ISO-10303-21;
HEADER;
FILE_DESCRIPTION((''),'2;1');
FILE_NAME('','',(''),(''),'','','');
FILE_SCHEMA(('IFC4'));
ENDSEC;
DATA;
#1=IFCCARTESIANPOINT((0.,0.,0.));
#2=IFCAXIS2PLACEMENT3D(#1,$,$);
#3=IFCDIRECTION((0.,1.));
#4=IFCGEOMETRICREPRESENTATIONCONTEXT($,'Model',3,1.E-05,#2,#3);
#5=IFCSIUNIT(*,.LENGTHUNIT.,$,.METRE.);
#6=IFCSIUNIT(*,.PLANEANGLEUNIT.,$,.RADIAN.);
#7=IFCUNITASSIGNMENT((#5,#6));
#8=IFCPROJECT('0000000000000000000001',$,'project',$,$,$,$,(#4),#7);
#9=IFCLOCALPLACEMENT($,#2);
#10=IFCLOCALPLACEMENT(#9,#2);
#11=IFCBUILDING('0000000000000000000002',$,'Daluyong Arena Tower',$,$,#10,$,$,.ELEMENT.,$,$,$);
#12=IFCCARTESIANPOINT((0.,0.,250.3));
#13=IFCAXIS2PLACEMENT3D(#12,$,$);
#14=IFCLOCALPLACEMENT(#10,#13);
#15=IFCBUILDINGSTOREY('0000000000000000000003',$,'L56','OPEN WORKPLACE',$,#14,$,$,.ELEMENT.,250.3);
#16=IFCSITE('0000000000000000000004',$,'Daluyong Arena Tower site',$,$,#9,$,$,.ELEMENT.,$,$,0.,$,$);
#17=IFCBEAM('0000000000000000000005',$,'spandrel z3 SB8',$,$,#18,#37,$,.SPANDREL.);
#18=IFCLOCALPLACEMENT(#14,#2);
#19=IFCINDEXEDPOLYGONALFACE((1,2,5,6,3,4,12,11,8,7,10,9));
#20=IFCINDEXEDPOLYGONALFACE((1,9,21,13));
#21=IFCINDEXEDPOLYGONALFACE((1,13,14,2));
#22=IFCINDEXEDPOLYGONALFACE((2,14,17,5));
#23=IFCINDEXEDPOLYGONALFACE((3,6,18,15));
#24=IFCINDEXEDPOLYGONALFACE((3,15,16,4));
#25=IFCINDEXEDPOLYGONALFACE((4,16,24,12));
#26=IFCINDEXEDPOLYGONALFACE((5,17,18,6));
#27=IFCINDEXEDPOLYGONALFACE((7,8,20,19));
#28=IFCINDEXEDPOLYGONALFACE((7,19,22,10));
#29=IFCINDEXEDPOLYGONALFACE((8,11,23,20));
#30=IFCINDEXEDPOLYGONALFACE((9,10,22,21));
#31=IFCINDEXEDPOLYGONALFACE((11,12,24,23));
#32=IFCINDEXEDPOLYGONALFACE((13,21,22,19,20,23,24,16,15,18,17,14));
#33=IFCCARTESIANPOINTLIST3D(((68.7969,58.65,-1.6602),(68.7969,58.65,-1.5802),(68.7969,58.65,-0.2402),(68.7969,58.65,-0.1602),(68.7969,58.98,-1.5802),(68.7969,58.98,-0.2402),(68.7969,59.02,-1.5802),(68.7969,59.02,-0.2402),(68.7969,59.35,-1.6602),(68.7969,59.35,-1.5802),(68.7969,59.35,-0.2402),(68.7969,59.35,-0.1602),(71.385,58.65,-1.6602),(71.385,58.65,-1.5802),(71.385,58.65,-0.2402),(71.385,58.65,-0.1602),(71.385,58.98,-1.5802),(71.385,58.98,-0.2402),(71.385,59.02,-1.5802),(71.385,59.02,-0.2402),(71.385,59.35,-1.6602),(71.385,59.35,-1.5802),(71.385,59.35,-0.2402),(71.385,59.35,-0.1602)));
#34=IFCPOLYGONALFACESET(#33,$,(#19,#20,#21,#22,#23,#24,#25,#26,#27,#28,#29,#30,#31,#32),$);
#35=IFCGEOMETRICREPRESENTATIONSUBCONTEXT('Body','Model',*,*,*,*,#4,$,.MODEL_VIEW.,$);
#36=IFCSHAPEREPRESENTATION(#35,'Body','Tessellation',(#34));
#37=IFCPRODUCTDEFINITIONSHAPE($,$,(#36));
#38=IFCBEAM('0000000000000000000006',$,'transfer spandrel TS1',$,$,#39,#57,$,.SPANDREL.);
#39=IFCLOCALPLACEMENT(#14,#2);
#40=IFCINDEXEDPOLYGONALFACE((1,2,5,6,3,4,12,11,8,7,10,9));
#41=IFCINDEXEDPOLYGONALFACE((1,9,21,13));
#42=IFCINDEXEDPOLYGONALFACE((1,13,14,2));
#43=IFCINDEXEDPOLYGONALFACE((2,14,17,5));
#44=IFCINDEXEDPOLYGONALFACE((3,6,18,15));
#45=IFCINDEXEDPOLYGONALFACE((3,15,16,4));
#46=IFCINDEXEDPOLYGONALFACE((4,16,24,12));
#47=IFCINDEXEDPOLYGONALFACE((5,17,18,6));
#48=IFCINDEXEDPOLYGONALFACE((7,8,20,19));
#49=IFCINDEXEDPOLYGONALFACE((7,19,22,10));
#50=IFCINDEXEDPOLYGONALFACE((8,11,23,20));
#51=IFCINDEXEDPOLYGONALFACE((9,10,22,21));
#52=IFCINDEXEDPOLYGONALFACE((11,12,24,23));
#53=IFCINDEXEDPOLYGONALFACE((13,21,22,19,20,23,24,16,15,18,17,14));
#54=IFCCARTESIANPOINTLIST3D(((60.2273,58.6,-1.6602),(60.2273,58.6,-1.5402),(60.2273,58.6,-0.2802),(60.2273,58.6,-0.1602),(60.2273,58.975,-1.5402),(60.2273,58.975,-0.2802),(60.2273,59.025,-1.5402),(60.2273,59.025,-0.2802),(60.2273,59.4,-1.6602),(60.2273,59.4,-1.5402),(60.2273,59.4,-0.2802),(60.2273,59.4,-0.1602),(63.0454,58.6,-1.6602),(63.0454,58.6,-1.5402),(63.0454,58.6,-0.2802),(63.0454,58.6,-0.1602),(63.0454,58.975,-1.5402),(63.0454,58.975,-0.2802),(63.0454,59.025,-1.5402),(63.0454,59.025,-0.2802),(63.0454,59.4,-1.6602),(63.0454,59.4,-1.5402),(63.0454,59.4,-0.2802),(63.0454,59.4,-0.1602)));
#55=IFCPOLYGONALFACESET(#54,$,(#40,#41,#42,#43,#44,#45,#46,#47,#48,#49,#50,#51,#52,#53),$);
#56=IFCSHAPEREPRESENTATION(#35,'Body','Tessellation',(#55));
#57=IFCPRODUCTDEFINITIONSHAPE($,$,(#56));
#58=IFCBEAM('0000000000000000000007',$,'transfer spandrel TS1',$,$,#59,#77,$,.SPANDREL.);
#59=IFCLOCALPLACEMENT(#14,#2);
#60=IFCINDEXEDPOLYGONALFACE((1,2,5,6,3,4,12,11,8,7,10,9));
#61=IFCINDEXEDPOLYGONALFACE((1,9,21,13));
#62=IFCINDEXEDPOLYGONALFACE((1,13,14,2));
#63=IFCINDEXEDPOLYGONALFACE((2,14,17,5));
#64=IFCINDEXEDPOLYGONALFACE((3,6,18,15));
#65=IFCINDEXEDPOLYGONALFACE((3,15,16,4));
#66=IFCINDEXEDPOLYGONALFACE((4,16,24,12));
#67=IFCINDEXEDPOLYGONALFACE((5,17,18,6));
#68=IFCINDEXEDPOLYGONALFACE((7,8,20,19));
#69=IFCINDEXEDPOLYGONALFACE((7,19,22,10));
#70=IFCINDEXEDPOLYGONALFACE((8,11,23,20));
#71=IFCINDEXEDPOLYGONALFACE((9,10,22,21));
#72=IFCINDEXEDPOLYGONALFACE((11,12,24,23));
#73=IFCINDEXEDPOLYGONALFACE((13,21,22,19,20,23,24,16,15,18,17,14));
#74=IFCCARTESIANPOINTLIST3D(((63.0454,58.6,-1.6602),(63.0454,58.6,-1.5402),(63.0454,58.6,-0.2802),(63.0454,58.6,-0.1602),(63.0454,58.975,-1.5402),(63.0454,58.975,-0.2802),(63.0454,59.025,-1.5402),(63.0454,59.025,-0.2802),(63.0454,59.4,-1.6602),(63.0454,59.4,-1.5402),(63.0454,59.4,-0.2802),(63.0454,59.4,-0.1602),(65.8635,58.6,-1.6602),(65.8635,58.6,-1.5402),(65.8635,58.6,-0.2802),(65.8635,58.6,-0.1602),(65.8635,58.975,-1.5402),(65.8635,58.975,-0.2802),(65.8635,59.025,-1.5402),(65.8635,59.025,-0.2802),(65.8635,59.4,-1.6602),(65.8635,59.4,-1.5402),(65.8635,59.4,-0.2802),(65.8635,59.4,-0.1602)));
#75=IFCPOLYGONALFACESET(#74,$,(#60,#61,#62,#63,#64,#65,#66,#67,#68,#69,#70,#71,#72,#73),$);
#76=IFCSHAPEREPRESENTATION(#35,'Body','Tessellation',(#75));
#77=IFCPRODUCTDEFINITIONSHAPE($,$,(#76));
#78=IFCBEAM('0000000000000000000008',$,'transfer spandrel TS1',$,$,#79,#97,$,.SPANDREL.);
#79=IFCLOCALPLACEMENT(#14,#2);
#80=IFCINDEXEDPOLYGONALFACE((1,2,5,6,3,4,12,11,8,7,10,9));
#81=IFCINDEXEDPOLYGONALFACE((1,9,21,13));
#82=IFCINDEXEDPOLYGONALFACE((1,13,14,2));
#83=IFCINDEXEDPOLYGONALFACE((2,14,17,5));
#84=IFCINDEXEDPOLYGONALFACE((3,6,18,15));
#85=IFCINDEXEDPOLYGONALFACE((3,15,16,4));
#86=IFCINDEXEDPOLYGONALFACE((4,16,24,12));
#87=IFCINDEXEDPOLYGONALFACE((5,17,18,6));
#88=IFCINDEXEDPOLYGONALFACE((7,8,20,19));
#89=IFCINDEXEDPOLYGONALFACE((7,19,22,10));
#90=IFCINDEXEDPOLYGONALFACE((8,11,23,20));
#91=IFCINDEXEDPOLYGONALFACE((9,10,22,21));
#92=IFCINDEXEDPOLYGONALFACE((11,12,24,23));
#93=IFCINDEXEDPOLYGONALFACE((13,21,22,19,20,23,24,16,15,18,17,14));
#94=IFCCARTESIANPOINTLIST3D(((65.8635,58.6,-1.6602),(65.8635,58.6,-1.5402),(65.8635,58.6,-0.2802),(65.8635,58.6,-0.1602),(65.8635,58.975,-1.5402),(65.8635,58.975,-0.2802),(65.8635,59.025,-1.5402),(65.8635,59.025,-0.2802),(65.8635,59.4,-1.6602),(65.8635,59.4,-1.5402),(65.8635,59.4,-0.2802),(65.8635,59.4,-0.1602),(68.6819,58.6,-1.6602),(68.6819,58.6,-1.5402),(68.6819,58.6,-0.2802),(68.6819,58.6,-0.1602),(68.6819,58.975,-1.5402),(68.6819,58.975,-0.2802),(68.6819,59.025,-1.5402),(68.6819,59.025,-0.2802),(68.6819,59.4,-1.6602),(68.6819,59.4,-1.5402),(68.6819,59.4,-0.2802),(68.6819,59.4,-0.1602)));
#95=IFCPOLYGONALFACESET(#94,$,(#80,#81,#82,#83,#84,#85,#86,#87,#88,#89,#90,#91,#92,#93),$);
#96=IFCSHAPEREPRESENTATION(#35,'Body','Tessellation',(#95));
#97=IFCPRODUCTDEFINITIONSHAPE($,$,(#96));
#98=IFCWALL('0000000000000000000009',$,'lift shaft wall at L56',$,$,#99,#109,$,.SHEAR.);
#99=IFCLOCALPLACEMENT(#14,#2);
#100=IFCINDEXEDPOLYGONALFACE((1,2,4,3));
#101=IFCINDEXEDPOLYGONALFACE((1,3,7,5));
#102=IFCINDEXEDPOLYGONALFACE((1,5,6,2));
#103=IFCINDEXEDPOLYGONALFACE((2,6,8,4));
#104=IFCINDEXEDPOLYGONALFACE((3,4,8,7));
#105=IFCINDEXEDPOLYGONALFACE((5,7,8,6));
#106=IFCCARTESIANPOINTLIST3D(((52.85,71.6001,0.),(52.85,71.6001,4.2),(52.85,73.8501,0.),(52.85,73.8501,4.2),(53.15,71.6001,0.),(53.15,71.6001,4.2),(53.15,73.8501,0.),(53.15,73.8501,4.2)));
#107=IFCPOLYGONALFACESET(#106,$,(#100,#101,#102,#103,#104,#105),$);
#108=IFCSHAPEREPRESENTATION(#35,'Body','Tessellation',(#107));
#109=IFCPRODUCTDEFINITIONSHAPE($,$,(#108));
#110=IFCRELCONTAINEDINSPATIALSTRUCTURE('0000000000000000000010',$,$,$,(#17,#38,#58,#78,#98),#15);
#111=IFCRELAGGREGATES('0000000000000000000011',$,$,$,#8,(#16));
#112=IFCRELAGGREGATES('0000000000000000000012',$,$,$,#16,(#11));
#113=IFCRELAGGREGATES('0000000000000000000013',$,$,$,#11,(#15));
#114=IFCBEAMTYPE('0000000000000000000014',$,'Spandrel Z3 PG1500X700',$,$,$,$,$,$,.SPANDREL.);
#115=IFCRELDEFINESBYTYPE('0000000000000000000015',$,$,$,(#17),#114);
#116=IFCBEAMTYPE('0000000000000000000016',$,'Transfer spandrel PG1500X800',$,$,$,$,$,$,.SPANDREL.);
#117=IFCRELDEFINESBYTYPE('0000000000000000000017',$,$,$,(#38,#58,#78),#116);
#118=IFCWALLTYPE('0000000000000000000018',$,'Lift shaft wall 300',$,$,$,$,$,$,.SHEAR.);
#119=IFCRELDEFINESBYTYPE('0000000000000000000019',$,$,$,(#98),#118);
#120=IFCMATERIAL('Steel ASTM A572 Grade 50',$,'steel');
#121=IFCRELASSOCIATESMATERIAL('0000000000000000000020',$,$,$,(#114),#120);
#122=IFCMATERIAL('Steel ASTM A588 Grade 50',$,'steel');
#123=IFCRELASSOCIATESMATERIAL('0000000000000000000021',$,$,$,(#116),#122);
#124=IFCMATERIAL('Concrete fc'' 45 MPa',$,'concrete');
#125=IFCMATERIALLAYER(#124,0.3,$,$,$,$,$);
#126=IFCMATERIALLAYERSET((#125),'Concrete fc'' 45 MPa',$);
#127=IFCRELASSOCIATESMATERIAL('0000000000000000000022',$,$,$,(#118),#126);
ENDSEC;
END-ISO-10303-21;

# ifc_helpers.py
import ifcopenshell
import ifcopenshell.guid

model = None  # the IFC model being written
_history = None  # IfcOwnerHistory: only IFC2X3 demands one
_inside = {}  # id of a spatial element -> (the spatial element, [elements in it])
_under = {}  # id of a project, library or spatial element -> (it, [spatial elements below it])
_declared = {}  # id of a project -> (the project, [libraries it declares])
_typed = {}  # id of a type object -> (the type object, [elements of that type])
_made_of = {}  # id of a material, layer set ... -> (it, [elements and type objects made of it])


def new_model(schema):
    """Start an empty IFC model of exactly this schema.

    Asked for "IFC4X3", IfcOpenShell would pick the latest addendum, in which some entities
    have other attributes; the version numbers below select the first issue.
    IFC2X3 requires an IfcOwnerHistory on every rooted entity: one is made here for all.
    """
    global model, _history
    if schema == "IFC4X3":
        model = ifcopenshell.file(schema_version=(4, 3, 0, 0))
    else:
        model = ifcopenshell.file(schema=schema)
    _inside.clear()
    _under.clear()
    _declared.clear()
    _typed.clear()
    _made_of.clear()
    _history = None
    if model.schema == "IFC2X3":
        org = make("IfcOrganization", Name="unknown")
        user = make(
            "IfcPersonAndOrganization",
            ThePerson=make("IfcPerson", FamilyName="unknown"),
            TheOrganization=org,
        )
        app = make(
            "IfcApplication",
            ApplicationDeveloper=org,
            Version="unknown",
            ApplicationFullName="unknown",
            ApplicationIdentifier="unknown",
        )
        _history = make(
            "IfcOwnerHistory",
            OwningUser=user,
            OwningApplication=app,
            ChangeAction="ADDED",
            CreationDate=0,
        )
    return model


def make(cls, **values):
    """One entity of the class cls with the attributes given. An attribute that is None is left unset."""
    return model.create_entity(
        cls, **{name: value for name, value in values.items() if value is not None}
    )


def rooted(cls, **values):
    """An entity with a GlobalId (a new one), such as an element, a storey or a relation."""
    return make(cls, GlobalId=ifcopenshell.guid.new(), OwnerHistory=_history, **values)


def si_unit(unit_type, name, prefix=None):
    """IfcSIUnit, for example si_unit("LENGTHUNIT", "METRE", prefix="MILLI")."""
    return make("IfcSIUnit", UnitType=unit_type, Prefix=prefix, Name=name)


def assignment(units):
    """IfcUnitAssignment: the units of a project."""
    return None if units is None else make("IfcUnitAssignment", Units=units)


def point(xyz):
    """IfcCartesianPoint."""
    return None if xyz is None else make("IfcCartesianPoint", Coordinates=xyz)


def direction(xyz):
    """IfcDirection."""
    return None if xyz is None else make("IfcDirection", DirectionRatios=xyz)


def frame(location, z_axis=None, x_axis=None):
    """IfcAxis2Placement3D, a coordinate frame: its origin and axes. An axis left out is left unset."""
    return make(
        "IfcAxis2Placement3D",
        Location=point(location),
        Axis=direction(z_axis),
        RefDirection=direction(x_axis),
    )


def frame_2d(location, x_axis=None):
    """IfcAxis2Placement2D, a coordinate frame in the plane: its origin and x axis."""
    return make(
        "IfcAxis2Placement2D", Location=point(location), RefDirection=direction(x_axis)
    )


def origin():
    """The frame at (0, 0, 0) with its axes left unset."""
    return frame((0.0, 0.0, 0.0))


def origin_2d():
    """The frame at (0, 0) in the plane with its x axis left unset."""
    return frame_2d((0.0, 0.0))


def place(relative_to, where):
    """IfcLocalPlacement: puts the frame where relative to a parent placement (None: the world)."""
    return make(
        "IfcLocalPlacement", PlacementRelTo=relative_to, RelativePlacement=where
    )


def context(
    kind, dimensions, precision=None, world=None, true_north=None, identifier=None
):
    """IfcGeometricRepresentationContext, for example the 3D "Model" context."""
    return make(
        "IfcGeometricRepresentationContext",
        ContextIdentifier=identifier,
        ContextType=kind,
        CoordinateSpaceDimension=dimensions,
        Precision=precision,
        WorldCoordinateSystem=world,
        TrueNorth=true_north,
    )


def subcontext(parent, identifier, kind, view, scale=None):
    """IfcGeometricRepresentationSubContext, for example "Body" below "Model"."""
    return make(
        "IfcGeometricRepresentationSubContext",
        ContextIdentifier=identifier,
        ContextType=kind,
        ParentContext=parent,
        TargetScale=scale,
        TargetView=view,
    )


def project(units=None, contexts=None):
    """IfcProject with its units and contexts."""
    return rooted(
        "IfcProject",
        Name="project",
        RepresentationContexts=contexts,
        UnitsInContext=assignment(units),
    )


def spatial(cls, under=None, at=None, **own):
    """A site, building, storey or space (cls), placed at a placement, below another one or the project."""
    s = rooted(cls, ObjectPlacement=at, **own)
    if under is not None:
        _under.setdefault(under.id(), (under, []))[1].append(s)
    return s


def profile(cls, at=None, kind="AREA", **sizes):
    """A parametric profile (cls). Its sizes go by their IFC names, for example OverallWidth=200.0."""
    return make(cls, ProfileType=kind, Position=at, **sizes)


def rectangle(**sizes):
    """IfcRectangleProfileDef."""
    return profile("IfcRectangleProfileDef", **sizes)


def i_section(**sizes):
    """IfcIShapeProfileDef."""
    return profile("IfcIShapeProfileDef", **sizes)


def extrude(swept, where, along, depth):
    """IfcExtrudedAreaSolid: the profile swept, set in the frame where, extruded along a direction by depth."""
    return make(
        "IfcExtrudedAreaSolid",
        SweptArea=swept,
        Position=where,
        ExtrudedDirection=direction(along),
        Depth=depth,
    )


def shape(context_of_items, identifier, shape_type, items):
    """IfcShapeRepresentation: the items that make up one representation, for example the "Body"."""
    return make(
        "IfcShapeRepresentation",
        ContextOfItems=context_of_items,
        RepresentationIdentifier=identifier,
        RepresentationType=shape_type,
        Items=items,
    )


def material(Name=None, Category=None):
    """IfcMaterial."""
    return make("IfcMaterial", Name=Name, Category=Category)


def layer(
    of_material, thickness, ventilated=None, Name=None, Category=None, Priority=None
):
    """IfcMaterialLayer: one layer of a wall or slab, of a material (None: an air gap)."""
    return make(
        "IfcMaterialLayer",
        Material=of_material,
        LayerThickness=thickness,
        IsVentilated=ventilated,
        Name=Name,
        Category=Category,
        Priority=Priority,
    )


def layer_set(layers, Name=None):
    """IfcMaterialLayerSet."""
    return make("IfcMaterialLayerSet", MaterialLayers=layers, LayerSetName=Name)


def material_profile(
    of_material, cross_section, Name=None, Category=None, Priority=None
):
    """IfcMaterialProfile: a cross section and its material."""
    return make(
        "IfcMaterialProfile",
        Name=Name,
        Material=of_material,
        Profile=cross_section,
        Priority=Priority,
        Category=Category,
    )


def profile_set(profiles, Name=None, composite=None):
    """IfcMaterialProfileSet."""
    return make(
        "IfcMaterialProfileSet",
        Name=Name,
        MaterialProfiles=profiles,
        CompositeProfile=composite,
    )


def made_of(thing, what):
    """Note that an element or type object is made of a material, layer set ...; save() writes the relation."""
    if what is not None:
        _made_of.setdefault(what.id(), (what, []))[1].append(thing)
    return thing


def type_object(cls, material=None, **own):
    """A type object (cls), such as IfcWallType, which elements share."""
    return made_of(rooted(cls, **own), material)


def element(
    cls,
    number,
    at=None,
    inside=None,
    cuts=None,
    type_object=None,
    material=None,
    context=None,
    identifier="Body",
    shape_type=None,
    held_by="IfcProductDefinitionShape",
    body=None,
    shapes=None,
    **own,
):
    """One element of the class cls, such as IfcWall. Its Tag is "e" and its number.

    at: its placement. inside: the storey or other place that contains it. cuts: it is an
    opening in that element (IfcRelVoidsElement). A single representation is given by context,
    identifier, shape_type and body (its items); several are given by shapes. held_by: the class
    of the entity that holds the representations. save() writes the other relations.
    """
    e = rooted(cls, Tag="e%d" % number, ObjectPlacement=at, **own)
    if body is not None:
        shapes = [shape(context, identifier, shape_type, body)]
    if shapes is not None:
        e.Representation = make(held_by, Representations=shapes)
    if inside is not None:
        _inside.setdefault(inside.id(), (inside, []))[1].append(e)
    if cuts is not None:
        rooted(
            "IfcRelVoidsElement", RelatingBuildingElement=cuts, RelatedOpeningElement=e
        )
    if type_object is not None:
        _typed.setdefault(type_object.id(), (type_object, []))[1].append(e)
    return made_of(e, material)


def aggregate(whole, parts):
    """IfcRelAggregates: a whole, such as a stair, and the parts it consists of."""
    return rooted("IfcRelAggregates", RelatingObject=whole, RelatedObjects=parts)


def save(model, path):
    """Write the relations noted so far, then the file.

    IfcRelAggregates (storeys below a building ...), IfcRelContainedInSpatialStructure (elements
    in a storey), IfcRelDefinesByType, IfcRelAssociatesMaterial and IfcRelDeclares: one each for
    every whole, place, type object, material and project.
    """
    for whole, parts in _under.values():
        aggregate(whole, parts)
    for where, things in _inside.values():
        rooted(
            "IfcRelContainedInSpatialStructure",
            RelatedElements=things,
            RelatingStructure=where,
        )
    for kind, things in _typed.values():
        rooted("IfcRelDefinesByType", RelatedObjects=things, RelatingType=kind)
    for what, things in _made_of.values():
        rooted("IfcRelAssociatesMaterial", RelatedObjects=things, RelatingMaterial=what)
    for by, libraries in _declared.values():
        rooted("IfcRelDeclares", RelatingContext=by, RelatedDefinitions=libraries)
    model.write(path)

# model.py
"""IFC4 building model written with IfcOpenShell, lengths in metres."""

from ifc_helpers import new_model, si_unit, direction, frame, frame_2d, origin, origin_2d, place, context, subcontext, project, spatial, rectangle, i_section, extrude, material, layer, layer_set, material_profile, profile_set, type_object, element, save


model = new_model("IFC4")

# Units and contexts
model_context = context("Model", 3, precision=1e-05, world=origin(), true_north=direction((0.0, 1.0)))
body_context = subcontext(model_context, "Body", "Model", "MODEL_VIEW")
ifc_project = project(units=[si_unit("LENGTHUNIT", "METRE"), si_unit("PLANEANGLEUNIT", "RADIAN")], contexts=[model_context])

# Site, building, storey
site_placement = place(None, origin())
site = spatial("IfcSite", under=ifc_project, at=site_placement, Name="Daluyong Arena Tower site", CompositionType="ELEMENT", RefElevation=0.0)
building_placement = place(site_placement, origin())
building = spatial("IfcBuilding", under=site, at=building_placement, Name="Daluyong Arena Tower", CompositionType="ELEMENT")
storey_placement = place(building_placement, frame((0.0, 0.0, 250.3)))
storey = spatial("IfcBuildingStorey", under=building, at=storey_placement, Name="L56", Description="OPEN WORKPLACE", CompositionType="ELEMENT", Elevation=250.3)

# Beams
ifc_material_1 = material(Name="Steel ASTM A572 Grade 50", Category="steel")
ifc_material_profile_1 = material_profile(ifc_material_1, i_section(OverallWidth=0.7, OverallDepth=1.5, WebThickness=0.04, FlangeThickness=0.08, at=origin_2d()))
ifc_profile_set_1 = profile_set([ifc_material_profile_1], Name="Steel ASTM A572 Grade 50")
beam_type_1 = type_object("IfcBeamType", Name="Spandrel Z3 PG1500X700", PredefinedType="SPANDREL", material=ifc_profile_set_1)
beam_1_placement = place(storey_placement, frame((68.7969, 59.0, -0.9102), z_axis=(1.0, 0.0, 0.0), x_axis=(0.0, 1.0, 0.0)))
element("IfcBeam", 1, at=beam_1_placement, inside=storey, type_object=beam_type_1, Name="spandrel z3 SB8", PredefinedType="SPANDREL", context=body_context, shape_type="SweptSolid", body=[
    extrude(i_section(OverallWidth=0.7, OverallDepth=1.5, WebThickness=0.04, FlangeThickness=0.08, at=origin_2d()), origin(), (0.0, 0.0, 1.0), 2.5881),
])
ifc_material_2 = material(Name="Steel ASTM A588 Grade 50", Category="steel")
ifc_material_profile_2 = material_profile(ifc_material_2, i_section(OverallWidth=0.8, OverallDepth=1.5, WebThickness=0.05, FlangeThickness=0.12, at=origin_2d()))
ifc_profile_set_2 = profile_set([ifc_material_profile_2], Name="Steel ASTM A588 Grade 50")
beam_type_2 = type_object("IfcBeamType", Name="Transfer spandrel PG1500X800", PredefinedType="SPANDREL", material=ifc_profile_set_2)
for number, where, z_axis, x_axis, name in (
    (2, (60.2273, 59.0, -0.9102), (1.0, 0.0, 0.0), (0.0, 1.0, 0.0), "transfer spandrel TS1"),
    (3, (63.0454, 59.0, -0.9102), (1.0, 0.0, 0.0), (0.0, 1.0, 0.0), "transfer spandrel TS1"),
):
    element("IfcBeam", number, at=place(storey_placement, frame(where, z_axis=z_axis, x_axis=x_axis)), inside=storey, type_object=beam_type_2, Name=name, PredefinedType="SPANDREL", context=body_context, shape_type="SweptSolid", body=[
        extrude(i_section(OverallWidth=0.8, OverallDepth=1.5, WebThickness=0.05, FlangeThickness=0.12, at=origin_2d()), origin(), (0.0, 0.0, 1.0), 2.8181),
    ])
beam_2_placement = place(storey_placement, frame((65.8635, 59.0, -0.9102), z_axis=(1.0, 0.0, 0.0), x_axis=(0.0, 1.0, 0.0)))
element("IfcBeam", 4, at=beam_2_placement, inside=storey, type_object=beam_type_2, Name="transfer spandrel TS1", PredefinedType="SPANDREL", context=body_context, shape_type="SweptSolid", body=[
    extrude(i_section(OverallWidth=0.8, OverallDepth=1.5, WebThickness=0.05, FlangeThickness=0.12, at=origin_2d()), origin(), (0.0, 0.0, 1.0), 2.8184),
])

# Wall
ifc_material_3 = material(Name="Concrete fc' 45 MPa", Category="concrete")
ifc_layer_1 = layer(ifc_material_3, 0.3)
ifc_layer_set_1 = layer_set([ifc_layer_1], Name="Concrete fc' 45 MPa")
wall_type_1 = type_object("IfcWallType", Name="Lift shaft wall 300", PredefinedType="SHEAR", material=ifc_layer_set_1)
wall_1_placement = place(storey_placement, frame((53.0, 71.6001, 0.0), z_axis=(0.0, 0.0, 1.0), x_axis=(0.0, 1.0, 0.0)))
element("IfcWall", 5, at=wall_1_placement, inside=storey, type_object=wall_type_1, Name="lift shaft wall at L56", PredefinedType="SHEAR", context=body_context, shape_type="SweptSolid", body=[
    extrude(rectangle(XDim=2.25, YDim=0.3, at=frame_2d((1.125, 0.0))), origin(), (0.0, 0.0, 1.0), 4.2),
])

save(model, "model.ifc")
